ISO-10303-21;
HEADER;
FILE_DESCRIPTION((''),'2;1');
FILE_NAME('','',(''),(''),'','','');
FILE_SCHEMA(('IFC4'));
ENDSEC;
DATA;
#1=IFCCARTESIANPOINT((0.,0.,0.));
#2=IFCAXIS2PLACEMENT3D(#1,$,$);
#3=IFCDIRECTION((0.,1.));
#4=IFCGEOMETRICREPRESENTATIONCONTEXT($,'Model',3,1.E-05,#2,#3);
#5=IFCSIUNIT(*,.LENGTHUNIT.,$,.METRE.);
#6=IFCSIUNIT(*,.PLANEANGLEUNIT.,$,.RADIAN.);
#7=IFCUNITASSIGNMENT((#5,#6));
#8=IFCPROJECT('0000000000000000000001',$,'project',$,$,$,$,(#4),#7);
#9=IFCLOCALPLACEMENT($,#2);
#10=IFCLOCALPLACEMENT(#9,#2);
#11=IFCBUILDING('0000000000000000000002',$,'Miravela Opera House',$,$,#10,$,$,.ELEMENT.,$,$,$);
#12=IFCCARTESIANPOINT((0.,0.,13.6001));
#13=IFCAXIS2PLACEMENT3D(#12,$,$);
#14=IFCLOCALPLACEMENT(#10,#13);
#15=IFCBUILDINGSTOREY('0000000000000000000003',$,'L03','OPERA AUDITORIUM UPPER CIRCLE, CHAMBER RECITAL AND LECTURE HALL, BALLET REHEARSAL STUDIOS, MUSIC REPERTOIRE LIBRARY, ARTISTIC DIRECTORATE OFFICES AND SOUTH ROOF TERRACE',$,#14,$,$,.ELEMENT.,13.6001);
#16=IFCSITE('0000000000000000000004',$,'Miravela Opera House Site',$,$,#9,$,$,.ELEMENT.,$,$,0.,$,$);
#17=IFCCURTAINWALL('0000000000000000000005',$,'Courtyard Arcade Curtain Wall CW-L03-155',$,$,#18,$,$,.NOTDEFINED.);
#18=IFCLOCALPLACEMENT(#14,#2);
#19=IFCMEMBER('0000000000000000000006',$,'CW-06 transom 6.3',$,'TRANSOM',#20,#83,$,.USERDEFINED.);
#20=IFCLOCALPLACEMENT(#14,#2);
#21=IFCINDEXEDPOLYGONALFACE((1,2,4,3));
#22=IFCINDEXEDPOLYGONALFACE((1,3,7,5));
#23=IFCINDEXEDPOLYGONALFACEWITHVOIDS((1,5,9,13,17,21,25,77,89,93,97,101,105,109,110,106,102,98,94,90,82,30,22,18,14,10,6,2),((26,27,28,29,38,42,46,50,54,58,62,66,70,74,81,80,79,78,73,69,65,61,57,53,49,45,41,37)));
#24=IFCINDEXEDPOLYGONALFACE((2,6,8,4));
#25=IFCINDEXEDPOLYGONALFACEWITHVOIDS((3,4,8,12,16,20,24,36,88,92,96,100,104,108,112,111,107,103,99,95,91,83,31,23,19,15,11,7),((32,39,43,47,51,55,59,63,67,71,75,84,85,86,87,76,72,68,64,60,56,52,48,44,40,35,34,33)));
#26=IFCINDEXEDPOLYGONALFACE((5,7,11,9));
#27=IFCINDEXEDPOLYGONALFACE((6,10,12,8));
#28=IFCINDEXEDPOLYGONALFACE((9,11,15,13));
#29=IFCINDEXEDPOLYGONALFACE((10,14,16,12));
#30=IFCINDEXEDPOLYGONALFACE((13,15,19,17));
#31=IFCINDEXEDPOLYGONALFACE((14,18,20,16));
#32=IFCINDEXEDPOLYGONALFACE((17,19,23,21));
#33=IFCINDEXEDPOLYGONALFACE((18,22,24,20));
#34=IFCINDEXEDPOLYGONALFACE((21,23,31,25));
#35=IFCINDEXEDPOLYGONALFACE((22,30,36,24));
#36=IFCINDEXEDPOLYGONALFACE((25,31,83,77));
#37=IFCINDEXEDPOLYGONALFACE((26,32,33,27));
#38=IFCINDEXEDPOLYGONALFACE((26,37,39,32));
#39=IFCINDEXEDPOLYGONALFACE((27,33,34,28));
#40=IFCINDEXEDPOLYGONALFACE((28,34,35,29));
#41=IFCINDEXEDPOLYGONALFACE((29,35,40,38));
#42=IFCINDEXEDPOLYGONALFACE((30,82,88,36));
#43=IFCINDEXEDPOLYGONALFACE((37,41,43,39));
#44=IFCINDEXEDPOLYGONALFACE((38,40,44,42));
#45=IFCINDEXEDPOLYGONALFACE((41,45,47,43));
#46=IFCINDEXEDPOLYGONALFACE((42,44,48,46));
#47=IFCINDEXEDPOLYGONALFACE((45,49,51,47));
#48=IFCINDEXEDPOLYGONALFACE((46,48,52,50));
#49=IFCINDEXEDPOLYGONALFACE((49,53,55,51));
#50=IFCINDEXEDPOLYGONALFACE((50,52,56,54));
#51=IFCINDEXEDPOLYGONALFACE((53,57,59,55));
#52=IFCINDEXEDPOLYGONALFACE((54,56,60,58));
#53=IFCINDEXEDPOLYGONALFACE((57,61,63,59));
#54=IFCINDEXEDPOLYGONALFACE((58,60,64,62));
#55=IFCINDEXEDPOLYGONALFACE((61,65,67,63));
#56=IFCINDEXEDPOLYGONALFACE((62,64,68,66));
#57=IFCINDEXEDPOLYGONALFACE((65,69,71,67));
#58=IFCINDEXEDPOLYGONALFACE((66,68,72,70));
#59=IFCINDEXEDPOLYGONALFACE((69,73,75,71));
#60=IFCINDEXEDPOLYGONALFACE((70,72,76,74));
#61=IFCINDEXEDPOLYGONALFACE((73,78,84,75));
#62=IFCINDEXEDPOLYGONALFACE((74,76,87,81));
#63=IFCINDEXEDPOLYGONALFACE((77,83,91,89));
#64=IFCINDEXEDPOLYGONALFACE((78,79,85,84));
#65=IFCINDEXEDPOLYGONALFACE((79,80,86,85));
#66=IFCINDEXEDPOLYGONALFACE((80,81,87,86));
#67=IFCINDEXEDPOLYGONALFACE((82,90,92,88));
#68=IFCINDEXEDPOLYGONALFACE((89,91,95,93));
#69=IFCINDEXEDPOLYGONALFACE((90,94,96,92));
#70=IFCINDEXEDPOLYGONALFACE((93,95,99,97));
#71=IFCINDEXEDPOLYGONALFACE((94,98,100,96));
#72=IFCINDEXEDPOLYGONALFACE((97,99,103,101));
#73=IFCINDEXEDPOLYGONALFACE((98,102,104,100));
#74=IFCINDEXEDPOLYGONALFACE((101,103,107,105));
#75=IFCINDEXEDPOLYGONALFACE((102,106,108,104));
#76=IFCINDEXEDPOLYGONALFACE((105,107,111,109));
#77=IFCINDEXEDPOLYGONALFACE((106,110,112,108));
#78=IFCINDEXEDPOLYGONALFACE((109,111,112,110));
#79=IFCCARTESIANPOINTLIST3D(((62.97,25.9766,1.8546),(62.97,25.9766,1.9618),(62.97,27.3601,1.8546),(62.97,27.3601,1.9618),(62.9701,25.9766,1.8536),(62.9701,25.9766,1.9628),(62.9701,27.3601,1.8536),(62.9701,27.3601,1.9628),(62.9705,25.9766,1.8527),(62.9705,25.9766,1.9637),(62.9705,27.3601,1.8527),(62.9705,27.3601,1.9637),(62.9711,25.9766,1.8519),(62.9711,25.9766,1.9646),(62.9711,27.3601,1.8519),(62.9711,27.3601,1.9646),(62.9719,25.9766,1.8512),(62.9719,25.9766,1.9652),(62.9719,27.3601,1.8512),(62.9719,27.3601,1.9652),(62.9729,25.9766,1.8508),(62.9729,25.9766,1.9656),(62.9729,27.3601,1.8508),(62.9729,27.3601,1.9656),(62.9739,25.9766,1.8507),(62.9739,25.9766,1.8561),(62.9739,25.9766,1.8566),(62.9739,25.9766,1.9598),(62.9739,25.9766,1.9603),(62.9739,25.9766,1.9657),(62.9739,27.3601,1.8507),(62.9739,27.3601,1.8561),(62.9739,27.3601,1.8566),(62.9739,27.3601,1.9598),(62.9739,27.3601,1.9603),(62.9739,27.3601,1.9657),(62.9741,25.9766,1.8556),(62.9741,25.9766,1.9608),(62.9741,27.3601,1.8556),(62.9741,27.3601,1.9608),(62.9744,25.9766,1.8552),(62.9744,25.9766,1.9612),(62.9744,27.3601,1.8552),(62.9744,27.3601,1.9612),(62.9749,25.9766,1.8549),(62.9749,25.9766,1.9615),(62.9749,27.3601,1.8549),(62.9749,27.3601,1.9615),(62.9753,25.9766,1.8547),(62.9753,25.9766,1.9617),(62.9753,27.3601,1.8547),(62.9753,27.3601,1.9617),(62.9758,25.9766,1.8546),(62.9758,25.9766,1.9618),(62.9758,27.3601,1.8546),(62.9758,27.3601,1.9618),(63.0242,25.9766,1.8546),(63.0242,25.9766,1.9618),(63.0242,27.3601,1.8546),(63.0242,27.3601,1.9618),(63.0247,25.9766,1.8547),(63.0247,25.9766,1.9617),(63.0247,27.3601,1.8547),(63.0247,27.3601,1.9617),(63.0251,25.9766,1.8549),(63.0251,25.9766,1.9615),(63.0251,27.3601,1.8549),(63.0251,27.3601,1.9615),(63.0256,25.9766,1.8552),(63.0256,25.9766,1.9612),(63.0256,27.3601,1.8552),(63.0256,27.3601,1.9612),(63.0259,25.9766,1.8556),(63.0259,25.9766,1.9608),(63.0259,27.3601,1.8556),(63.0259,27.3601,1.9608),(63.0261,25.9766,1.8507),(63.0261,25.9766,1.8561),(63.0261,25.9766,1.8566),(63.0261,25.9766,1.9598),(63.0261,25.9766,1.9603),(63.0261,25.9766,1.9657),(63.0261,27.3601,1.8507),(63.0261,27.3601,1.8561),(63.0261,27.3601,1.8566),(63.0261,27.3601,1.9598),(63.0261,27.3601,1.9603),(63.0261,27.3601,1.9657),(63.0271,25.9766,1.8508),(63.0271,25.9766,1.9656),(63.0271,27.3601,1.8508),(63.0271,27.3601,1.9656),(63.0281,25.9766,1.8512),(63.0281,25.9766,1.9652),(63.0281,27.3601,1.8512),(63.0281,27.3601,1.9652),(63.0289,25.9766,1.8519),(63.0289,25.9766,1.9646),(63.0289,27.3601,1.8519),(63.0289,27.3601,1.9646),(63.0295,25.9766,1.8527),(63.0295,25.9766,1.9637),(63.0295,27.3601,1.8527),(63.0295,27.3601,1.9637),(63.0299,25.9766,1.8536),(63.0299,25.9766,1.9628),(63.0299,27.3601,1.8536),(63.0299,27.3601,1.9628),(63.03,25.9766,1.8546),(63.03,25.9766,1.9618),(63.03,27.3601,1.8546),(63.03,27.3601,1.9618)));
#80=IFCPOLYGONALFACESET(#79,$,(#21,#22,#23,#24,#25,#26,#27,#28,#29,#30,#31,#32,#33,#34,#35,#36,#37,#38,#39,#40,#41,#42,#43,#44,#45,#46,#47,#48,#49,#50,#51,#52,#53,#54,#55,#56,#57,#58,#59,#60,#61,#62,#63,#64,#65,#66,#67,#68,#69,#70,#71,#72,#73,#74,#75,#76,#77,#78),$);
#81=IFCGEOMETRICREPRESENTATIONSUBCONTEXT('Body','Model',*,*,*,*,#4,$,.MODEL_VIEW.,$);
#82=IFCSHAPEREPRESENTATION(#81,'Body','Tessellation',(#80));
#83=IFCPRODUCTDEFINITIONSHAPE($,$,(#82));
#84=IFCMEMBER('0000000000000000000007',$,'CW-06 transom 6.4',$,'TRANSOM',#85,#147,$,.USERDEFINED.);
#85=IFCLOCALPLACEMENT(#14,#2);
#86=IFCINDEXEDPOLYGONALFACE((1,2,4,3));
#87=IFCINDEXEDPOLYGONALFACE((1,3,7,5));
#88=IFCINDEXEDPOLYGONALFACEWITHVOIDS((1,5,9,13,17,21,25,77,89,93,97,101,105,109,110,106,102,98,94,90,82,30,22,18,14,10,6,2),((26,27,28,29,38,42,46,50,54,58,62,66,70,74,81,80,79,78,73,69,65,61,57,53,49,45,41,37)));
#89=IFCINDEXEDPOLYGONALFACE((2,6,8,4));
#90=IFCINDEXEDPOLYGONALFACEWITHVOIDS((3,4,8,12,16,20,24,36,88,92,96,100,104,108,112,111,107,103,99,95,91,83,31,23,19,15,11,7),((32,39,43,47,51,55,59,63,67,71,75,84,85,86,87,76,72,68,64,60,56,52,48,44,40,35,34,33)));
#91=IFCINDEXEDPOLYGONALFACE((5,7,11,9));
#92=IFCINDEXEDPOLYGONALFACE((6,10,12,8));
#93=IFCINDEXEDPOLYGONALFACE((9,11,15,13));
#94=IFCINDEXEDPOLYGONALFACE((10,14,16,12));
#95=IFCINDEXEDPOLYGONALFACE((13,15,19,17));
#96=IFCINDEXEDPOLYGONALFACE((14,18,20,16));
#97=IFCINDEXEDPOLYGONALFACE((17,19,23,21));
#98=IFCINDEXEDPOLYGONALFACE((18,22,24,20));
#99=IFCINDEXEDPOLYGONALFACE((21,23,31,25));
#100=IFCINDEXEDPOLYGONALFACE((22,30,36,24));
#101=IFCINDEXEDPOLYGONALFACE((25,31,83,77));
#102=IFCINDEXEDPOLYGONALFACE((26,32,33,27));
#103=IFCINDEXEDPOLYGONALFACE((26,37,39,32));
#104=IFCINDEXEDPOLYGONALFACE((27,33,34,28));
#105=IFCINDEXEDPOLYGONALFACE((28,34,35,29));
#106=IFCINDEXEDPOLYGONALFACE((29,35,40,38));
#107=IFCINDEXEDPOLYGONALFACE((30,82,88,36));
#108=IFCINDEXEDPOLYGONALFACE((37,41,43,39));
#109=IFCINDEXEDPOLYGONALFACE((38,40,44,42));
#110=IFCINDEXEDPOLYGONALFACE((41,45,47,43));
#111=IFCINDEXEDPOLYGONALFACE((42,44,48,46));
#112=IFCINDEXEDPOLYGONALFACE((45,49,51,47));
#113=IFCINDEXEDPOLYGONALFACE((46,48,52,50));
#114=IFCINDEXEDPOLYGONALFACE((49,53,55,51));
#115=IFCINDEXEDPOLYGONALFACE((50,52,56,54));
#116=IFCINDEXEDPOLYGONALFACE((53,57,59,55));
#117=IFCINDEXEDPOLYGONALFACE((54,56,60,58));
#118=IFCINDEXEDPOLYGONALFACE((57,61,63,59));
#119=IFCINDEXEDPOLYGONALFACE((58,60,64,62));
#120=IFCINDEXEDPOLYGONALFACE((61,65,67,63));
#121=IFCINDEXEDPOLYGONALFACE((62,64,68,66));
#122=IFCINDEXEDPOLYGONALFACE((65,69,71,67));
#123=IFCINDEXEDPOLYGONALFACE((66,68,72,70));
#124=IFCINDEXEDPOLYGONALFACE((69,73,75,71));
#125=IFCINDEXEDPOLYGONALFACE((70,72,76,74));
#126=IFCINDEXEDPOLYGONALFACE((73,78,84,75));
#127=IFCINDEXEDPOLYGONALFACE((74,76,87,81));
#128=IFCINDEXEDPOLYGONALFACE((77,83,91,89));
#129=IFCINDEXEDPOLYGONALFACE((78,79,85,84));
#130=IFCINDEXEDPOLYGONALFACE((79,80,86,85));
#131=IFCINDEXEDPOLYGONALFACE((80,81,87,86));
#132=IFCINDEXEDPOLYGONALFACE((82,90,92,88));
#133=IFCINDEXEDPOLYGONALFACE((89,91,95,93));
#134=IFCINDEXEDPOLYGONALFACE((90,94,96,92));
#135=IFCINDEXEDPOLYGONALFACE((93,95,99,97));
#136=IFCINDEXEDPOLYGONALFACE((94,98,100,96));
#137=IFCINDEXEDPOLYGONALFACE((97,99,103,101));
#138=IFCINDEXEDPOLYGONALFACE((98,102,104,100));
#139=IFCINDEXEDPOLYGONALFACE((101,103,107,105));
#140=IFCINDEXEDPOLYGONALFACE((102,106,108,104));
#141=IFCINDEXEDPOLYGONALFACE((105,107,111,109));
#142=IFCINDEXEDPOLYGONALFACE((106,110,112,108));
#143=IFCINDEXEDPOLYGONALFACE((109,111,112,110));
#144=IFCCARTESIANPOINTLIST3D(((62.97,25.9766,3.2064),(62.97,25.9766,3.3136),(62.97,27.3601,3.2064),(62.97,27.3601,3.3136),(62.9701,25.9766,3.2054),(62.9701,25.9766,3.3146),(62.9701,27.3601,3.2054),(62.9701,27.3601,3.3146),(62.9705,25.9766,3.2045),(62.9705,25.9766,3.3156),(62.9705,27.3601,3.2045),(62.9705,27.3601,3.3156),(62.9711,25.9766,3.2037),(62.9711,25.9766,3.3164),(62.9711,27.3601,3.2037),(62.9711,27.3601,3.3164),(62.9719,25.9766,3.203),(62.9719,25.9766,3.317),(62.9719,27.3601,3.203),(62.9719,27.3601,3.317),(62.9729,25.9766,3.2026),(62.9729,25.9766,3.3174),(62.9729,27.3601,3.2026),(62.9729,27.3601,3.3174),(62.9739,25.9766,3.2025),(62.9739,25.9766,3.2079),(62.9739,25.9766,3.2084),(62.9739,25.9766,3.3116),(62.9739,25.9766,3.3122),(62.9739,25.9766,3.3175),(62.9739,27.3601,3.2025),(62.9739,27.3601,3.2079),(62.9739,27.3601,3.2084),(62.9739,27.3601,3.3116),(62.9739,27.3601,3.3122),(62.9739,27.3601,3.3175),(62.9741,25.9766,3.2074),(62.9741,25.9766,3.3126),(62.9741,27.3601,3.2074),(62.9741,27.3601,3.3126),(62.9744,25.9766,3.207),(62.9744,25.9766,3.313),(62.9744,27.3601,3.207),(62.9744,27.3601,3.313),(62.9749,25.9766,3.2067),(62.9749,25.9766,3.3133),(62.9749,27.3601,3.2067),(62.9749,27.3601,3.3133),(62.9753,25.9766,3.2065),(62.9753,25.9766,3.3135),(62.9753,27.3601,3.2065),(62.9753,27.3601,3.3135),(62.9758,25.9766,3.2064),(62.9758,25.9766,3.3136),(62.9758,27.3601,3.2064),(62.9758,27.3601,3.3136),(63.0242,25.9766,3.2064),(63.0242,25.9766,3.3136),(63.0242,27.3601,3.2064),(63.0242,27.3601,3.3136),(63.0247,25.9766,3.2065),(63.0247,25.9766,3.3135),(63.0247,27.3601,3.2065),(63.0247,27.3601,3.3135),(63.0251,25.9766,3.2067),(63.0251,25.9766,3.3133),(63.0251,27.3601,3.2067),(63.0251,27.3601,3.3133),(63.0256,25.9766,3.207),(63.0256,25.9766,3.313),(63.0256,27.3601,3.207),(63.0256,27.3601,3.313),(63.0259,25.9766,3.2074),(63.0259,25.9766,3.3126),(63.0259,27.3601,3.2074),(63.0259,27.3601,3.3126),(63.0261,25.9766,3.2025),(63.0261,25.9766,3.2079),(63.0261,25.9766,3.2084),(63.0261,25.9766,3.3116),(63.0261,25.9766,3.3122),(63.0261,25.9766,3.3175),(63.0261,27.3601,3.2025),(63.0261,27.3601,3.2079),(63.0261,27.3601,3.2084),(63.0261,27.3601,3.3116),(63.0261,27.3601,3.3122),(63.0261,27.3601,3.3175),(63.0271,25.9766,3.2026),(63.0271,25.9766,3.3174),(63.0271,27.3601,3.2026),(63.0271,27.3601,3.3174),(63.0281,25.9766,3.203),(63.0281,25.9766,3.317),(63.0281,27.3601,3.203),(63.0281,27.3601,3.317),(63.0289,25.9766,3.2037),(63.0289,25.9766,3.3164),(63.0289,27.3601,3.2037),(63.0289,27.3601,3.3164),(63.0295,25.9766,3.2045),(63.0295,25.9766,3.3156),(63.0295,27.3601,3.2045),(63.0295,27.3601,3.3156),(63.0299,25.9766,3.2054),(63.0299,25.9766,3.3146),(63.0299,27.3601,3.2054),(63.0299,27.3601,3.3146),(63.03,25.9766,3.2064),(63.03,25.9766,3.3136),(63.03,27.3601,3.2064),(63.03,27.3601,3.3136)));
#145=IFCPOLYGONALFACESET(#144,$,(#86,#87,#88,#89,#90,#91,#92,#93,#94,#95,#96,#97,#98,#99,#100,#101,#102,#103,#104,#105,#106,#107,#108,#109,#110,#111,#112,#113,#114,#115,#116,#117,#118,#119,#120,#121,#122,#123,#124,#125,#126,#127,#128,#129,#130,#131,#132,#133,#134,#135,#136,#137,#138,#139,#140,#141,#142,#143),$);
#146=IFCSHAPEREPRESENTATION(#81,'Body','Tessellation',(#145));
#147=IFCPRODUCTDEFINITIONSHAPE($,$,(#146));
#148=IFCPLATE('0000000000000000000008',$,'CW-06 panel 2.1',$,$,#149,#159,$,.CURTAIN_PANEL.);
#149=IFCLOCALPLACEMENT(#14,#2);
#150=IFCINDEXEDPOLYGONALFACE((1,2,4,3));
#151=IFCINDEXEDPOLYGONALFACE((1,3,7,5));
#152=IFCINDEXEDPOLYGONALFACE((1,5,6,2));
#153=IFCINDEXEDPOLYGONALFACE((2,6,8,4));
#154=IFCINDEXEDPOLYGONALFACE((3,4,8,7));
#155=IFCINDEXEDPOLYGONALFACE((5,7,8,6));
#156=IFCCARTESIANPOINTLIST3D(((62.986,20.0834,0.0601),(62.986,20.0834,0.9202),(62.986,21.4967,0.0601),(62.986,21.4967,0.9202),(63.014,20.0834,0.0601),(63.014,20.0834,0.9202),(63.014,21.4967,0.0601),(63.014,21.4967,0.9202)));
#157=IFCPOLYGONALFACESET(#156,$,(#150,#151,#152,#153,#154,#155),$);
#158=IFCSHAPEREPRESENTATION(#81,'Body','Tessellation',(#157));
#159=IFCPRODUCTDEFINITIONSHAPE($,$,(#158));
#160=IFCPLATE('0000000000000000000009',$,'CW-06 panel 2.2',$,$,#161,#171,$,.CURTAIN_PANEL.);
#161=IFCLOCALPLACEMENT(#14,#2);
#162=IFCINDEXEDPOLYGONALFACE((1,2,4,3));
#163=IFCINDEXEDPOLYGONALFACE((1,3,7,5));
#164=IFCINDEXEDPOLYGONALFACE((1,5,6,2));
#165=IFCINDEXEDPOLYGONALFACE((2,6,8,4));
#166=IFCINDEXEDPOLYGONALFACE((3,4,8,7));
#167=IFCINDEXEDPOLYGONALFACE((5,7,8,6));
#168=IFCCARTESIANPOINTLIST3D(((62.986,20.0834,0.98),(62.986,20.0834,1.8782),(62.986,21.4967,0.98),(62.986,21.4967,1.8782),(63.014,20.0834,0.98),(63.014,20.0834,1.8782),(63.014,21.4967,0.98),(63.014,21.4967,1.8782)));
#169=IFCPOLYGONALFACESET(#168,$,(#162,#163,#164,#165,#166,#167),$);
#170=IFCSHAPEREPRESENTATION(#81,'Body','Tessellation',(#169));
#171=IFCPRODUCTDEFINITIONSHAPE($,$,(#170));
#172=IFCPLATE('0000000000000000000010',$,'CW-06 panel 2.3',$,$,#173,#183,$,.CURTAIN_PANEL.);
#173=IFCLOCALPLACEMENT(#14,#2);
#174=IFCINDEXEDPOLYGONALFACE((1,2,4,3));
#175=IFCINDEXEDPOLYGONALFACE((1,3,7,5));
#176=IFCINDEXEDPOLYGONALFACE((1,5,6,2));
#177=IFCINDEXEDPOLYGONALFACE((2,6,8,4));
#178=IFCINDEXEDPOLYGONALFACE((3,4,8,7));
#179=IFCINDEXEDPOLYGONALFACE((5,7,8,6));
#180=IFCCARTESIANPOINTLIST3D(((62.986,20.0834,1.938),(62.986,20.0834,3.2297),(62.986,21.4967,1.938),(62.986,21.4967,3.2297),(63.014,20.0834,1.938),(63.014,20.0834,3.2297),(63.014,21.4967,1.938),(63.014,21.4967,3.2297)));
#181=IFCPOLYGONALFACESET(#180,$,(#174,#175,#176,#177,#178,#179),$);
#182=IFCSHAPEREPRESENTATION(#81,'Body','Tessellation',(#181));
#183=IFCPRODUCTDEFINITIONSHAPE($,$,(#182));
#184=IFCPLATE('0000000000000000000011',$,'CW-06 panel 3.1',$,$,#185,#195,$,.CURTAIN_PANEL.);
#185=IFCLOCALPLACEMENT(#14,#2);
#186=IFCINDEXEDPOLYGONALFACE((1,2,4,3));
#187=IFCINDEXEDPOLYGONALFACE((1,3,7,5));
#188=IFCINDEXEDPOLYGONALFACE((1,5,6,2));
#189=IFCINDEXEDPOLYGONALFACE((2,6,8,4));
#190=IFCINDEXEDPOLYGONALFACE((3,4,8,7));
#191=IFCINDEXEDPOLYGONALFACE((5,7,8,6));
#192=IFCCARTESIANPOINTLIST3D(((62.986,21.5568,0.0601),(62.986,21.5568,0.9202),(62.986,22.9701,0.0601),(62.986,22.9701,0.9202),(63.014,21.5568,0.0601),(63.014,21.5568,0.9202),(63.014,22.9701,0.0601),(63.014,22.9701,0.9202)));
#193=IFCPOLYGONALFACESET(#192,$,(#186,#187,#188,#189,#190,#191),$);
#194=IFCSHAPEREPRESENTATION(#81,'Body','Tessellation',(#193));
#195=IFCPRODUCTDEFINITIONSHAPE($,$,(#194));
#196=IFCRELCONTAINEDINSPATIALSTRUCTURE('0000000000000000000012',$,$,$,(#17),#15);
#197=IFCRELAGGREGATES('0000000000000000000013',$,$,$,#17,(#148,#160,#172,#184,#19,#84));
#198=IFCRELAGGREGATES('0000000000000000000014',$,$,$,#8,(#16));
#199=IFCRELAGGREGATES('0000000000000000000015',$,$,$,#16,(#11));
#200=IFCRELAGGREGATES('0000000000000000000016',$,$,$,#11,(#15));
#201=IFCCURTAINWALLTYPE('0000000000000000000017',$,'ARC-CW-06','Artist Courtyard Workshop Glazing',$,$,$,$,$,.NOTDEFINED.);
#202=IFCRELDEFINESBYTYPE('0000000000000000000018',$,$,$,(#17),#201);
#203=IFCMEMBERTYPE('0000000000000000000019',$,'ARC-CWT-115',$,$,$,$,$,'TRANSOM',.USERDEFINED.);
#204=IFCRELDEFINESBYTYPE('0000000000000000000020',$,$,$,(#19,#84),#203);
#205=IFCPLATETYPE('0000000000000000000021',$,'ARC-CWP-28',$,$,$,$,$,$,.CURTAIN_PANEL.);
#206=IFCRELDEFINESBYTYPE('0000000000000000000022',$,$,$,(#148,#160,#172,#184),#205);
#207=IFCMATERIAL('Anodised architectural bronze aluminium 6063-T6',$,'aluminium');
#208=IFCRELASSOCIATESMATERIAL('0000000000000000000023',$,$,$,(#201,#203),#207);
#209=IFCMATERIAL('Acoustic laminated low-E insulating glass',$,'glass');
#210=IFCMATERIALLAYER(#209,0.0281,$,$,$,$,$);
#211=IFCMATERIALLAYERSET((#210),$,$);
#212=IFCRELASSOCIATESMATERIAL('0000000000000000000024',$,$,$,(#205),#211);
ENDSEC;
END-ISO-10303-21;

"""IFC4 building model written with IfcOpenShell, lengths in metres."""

from ifc_helpers import new_model, si_unit, direction, frame, origin, origin_2d, place, context, subcontext, project, spatial, rectangle, hollow_rectangle, extrude, material, layer, layer_set, material_profile, profile_set, type_object, element, aggregate, save


model = new_model("IFC4")

# Units and contexts
model_context = context("Model", 3, precision=1e-05, world=origin(), true_north=direction((0.0, 1.0)))
body_context = subcontext(model_context, "Body", "Model", "MODEL_VIEW")
ifc_project = project(units=[si_unit("LENGTHUNIT", "METRE"), si_unit("PLANEANGLEUNIT", "RADIAN")], contexts=[model_context])

# Site, building, storey
site_placement = place(None, origin())
site = spatial("IfcSite", under=ifc_project, at=site_placement, Name="Miravela Opera House Site", CompositionType="ELEMENT", RefElevation=0.0)
building_placement = place(site_placement, origin())
building = spatial("IfcBuilding", under=site, at=building_placement, Name="Miravela Opera House", CompositionType="ELEMENT")
storey_placement = place(building_placement, frame((0.0, 0.0, 13.6001)))
storey = spatial("IfcBuildingStorey", under=building, at=storey_placement, Name="L03", Description="OPERA AUDITORIUM UPPER CIRCLE, CHAMBER RECITAL AND LECTURE HALL, BALLET REHEARSAL STUDIOS, MUSIC REPERTOIRE LIBRARY, ARTISTIC DIRECTORATE OFFICES AND SOUTH ROOF TERRACE", CompositionType="ELEMENT", Elevation=13.6001)

# Curtain wall, members, plates
ifc_material_1 = material(Name="Anodised architectural bronze aluminium 6063-T6", Category="aluminium")
curtain_wall_type = type_object("IfcCurtainWallType", Name="ARC-CW-06", Description="Artist Courtyard Workshop Glazing", PredefinedType="NOTDEFINED", material=ifc_material_1)
curtain_wall_placement = place(storey_placement, origin())
curtain_wall = element("IfcCurtainWall", 1, at=curtain_wall_placement, inside=storey, type_object=curtain_wall_type, Name="Courtyard Arcade Curtain Wall CW-L03-155", PredefinedType="NOTDEFINED")
ifc_material_profile_1 = material_profile(ifc_material_1, hollow_rectangle(XDim=0.0601, YDim=0.115, WallThickness=0.0039, InnerFilletRadius=0.002, OuterFilletRadius=0.0039, at=origin_2d()), Name="CWT-60X115")
ifc_profile_set_1 = profile_set([ifc_material_profile_1])
member_type_1 = type_object("IfcMemberType", Name="ARC-CWT-115", ElementType="TRANSOM", PredefinedType="USERDEFINED", material=ifc_profile_set_1)
member_1_placement = place(storey_placement, frame((63.0, 25.9766, 1.9082), z_axis=(0.0, 1.0, 0.0), x_axis=(-1.0, 0.0, 0.0)))
member_1 = element("IfcMember", 2, at=member_1_placement, type_object=member_type_1, Name="CW-06 transom 6.3", ObjectType="TRANSOM", PredefinedType="USERDEFINED", context=body_context, shape_type="SweptSolid", body=[
    extrude(hollow_rectangle(XDim=0.0601, YDim=0.115, WallThickness=0.0039, InnerFilletRadius=0.002, OuterFilletRadius=0.0039, at=origin_2d()), origin(), (0.0, 0.0, 1.0), 1.3835),
])
member_2_placement = place(storey_placement, frame((63.0, 25.9766, 3.26), z_axis=(0.0, 1.0, 0.0), x_axis=(-1.0, 0.0, 0.0)))
member_2 = element("IfcMember", 3, at=member_2_placement, type_object=member_type_1, Name="CW-06 transom 6.4", ObjectType="TRANSOM", PredefinedType="USERDEFINED", context=body_context, shape_type="SweptSolid", body=[
    extrude(hollow_rectangle(XDim=0.0601, YDim=0.115, WallThickness=0.0039, InnerFilletRadius=0.002, OuterFilletRadius=0.0039, at=origin_2d()), origin(), (0.0, 0.0, 1.0), 1.3835),
])
ifc_material_2 = material(Name="Acoustic laminated low-E insulating glass", Category="glass")
ifc_layer = layer(ifc_material_2, 0.0281)
ifc_layer_set = layer_set([ifc_layer])
plate_type = type_object("IfcPlateType", Name="ARC-CWP-28", PredefinedType="CURTAIN_PANEL", material=ifc_layer_set)
plate_1_placement = place(storey_placement, frame((63.0, 20.79, 0.0601), z_axis=(0.0, 0.0, 1.0), x_axis=(0.0, 1.0, 0.0)))
plate_1 = element("IfcPlate", 4, at=plate_1_placement, type_object=plate_type, Name="CW-06 panel 2.1", PredefinedType="CURTAIN_PANEL", context=body_context, shape_type="SweptSolid", body=[
    extrude(rectangle(XDim=1.4133, YDim=0.0281, at=origin_2d()), origin(), (0.0, 0.0, 1.0), 0.8601),
])
plate_2_placement = place(storey_placement, frame((63.0, 20.79, 0.98), z_axis=(0.0, 0.0, 1.0), x_axis=(0.0, 1.0, 0.0)))
plate_2 = element("IfcPlate", 5, at=plate_2_placement, type_object=plate_type, Name="CW-06 panel 2.2", PredefinedType="CURTAIN_PANEL", context=body_context, shape_type="SweptSolid", body=[
    extrude(rectangle(XDim=1.4133, YDim=0.0281, at=origin_2d()), origin(), (0.0, 0.0, 1.0), 0.8982),
])
plate_3_placement = place(storey_placement, frame((63.0, 20.79, 1.938), z_axis=(0.0, 0.0, 1.0), x_axis=(0.0, 1.0, 0.0)))
plate_3 = element("IfcPlate", 6, at=plate_3_placement, type_object=plate_type, Name="CW-06 panel 2.3", PredefinedType="CURTAIN_PANEL", context=body_context, shape_type="SweptSolid", body=[
    extrude(rectangle(XDim=1.4133, YDim=0.0281, at=origin_2d()), origin(), (0.0, 0.0, 1.0), 1.2917),
])
plate_4_placement = place(storey_placement, frame((63.0, 22.2634, 0.0601), z_axis=(0.0, 0.0, 1.0), x_axis=(0.0, 1.0, 0.0)))
plate_4 = element("IfcPlate", 7, at=plate_4_placement, type_object=plate_type, Name="CW-06 panel 3.1", PredefinedType="CURTAIN_PANEL", context=body_context, shape_type="SweptSolid", body=[
    extrude(rectangle(XDim=1.4133, YDim=0.0281, at=origin_2d()), origin(), (0.0, 0.0, 1.0), 0.8601),
])
aggregate(curtain_wall, [plate_1, plate_2, plate_3, plate_4, member_1, member_2])

save(model, "model.ifc")
